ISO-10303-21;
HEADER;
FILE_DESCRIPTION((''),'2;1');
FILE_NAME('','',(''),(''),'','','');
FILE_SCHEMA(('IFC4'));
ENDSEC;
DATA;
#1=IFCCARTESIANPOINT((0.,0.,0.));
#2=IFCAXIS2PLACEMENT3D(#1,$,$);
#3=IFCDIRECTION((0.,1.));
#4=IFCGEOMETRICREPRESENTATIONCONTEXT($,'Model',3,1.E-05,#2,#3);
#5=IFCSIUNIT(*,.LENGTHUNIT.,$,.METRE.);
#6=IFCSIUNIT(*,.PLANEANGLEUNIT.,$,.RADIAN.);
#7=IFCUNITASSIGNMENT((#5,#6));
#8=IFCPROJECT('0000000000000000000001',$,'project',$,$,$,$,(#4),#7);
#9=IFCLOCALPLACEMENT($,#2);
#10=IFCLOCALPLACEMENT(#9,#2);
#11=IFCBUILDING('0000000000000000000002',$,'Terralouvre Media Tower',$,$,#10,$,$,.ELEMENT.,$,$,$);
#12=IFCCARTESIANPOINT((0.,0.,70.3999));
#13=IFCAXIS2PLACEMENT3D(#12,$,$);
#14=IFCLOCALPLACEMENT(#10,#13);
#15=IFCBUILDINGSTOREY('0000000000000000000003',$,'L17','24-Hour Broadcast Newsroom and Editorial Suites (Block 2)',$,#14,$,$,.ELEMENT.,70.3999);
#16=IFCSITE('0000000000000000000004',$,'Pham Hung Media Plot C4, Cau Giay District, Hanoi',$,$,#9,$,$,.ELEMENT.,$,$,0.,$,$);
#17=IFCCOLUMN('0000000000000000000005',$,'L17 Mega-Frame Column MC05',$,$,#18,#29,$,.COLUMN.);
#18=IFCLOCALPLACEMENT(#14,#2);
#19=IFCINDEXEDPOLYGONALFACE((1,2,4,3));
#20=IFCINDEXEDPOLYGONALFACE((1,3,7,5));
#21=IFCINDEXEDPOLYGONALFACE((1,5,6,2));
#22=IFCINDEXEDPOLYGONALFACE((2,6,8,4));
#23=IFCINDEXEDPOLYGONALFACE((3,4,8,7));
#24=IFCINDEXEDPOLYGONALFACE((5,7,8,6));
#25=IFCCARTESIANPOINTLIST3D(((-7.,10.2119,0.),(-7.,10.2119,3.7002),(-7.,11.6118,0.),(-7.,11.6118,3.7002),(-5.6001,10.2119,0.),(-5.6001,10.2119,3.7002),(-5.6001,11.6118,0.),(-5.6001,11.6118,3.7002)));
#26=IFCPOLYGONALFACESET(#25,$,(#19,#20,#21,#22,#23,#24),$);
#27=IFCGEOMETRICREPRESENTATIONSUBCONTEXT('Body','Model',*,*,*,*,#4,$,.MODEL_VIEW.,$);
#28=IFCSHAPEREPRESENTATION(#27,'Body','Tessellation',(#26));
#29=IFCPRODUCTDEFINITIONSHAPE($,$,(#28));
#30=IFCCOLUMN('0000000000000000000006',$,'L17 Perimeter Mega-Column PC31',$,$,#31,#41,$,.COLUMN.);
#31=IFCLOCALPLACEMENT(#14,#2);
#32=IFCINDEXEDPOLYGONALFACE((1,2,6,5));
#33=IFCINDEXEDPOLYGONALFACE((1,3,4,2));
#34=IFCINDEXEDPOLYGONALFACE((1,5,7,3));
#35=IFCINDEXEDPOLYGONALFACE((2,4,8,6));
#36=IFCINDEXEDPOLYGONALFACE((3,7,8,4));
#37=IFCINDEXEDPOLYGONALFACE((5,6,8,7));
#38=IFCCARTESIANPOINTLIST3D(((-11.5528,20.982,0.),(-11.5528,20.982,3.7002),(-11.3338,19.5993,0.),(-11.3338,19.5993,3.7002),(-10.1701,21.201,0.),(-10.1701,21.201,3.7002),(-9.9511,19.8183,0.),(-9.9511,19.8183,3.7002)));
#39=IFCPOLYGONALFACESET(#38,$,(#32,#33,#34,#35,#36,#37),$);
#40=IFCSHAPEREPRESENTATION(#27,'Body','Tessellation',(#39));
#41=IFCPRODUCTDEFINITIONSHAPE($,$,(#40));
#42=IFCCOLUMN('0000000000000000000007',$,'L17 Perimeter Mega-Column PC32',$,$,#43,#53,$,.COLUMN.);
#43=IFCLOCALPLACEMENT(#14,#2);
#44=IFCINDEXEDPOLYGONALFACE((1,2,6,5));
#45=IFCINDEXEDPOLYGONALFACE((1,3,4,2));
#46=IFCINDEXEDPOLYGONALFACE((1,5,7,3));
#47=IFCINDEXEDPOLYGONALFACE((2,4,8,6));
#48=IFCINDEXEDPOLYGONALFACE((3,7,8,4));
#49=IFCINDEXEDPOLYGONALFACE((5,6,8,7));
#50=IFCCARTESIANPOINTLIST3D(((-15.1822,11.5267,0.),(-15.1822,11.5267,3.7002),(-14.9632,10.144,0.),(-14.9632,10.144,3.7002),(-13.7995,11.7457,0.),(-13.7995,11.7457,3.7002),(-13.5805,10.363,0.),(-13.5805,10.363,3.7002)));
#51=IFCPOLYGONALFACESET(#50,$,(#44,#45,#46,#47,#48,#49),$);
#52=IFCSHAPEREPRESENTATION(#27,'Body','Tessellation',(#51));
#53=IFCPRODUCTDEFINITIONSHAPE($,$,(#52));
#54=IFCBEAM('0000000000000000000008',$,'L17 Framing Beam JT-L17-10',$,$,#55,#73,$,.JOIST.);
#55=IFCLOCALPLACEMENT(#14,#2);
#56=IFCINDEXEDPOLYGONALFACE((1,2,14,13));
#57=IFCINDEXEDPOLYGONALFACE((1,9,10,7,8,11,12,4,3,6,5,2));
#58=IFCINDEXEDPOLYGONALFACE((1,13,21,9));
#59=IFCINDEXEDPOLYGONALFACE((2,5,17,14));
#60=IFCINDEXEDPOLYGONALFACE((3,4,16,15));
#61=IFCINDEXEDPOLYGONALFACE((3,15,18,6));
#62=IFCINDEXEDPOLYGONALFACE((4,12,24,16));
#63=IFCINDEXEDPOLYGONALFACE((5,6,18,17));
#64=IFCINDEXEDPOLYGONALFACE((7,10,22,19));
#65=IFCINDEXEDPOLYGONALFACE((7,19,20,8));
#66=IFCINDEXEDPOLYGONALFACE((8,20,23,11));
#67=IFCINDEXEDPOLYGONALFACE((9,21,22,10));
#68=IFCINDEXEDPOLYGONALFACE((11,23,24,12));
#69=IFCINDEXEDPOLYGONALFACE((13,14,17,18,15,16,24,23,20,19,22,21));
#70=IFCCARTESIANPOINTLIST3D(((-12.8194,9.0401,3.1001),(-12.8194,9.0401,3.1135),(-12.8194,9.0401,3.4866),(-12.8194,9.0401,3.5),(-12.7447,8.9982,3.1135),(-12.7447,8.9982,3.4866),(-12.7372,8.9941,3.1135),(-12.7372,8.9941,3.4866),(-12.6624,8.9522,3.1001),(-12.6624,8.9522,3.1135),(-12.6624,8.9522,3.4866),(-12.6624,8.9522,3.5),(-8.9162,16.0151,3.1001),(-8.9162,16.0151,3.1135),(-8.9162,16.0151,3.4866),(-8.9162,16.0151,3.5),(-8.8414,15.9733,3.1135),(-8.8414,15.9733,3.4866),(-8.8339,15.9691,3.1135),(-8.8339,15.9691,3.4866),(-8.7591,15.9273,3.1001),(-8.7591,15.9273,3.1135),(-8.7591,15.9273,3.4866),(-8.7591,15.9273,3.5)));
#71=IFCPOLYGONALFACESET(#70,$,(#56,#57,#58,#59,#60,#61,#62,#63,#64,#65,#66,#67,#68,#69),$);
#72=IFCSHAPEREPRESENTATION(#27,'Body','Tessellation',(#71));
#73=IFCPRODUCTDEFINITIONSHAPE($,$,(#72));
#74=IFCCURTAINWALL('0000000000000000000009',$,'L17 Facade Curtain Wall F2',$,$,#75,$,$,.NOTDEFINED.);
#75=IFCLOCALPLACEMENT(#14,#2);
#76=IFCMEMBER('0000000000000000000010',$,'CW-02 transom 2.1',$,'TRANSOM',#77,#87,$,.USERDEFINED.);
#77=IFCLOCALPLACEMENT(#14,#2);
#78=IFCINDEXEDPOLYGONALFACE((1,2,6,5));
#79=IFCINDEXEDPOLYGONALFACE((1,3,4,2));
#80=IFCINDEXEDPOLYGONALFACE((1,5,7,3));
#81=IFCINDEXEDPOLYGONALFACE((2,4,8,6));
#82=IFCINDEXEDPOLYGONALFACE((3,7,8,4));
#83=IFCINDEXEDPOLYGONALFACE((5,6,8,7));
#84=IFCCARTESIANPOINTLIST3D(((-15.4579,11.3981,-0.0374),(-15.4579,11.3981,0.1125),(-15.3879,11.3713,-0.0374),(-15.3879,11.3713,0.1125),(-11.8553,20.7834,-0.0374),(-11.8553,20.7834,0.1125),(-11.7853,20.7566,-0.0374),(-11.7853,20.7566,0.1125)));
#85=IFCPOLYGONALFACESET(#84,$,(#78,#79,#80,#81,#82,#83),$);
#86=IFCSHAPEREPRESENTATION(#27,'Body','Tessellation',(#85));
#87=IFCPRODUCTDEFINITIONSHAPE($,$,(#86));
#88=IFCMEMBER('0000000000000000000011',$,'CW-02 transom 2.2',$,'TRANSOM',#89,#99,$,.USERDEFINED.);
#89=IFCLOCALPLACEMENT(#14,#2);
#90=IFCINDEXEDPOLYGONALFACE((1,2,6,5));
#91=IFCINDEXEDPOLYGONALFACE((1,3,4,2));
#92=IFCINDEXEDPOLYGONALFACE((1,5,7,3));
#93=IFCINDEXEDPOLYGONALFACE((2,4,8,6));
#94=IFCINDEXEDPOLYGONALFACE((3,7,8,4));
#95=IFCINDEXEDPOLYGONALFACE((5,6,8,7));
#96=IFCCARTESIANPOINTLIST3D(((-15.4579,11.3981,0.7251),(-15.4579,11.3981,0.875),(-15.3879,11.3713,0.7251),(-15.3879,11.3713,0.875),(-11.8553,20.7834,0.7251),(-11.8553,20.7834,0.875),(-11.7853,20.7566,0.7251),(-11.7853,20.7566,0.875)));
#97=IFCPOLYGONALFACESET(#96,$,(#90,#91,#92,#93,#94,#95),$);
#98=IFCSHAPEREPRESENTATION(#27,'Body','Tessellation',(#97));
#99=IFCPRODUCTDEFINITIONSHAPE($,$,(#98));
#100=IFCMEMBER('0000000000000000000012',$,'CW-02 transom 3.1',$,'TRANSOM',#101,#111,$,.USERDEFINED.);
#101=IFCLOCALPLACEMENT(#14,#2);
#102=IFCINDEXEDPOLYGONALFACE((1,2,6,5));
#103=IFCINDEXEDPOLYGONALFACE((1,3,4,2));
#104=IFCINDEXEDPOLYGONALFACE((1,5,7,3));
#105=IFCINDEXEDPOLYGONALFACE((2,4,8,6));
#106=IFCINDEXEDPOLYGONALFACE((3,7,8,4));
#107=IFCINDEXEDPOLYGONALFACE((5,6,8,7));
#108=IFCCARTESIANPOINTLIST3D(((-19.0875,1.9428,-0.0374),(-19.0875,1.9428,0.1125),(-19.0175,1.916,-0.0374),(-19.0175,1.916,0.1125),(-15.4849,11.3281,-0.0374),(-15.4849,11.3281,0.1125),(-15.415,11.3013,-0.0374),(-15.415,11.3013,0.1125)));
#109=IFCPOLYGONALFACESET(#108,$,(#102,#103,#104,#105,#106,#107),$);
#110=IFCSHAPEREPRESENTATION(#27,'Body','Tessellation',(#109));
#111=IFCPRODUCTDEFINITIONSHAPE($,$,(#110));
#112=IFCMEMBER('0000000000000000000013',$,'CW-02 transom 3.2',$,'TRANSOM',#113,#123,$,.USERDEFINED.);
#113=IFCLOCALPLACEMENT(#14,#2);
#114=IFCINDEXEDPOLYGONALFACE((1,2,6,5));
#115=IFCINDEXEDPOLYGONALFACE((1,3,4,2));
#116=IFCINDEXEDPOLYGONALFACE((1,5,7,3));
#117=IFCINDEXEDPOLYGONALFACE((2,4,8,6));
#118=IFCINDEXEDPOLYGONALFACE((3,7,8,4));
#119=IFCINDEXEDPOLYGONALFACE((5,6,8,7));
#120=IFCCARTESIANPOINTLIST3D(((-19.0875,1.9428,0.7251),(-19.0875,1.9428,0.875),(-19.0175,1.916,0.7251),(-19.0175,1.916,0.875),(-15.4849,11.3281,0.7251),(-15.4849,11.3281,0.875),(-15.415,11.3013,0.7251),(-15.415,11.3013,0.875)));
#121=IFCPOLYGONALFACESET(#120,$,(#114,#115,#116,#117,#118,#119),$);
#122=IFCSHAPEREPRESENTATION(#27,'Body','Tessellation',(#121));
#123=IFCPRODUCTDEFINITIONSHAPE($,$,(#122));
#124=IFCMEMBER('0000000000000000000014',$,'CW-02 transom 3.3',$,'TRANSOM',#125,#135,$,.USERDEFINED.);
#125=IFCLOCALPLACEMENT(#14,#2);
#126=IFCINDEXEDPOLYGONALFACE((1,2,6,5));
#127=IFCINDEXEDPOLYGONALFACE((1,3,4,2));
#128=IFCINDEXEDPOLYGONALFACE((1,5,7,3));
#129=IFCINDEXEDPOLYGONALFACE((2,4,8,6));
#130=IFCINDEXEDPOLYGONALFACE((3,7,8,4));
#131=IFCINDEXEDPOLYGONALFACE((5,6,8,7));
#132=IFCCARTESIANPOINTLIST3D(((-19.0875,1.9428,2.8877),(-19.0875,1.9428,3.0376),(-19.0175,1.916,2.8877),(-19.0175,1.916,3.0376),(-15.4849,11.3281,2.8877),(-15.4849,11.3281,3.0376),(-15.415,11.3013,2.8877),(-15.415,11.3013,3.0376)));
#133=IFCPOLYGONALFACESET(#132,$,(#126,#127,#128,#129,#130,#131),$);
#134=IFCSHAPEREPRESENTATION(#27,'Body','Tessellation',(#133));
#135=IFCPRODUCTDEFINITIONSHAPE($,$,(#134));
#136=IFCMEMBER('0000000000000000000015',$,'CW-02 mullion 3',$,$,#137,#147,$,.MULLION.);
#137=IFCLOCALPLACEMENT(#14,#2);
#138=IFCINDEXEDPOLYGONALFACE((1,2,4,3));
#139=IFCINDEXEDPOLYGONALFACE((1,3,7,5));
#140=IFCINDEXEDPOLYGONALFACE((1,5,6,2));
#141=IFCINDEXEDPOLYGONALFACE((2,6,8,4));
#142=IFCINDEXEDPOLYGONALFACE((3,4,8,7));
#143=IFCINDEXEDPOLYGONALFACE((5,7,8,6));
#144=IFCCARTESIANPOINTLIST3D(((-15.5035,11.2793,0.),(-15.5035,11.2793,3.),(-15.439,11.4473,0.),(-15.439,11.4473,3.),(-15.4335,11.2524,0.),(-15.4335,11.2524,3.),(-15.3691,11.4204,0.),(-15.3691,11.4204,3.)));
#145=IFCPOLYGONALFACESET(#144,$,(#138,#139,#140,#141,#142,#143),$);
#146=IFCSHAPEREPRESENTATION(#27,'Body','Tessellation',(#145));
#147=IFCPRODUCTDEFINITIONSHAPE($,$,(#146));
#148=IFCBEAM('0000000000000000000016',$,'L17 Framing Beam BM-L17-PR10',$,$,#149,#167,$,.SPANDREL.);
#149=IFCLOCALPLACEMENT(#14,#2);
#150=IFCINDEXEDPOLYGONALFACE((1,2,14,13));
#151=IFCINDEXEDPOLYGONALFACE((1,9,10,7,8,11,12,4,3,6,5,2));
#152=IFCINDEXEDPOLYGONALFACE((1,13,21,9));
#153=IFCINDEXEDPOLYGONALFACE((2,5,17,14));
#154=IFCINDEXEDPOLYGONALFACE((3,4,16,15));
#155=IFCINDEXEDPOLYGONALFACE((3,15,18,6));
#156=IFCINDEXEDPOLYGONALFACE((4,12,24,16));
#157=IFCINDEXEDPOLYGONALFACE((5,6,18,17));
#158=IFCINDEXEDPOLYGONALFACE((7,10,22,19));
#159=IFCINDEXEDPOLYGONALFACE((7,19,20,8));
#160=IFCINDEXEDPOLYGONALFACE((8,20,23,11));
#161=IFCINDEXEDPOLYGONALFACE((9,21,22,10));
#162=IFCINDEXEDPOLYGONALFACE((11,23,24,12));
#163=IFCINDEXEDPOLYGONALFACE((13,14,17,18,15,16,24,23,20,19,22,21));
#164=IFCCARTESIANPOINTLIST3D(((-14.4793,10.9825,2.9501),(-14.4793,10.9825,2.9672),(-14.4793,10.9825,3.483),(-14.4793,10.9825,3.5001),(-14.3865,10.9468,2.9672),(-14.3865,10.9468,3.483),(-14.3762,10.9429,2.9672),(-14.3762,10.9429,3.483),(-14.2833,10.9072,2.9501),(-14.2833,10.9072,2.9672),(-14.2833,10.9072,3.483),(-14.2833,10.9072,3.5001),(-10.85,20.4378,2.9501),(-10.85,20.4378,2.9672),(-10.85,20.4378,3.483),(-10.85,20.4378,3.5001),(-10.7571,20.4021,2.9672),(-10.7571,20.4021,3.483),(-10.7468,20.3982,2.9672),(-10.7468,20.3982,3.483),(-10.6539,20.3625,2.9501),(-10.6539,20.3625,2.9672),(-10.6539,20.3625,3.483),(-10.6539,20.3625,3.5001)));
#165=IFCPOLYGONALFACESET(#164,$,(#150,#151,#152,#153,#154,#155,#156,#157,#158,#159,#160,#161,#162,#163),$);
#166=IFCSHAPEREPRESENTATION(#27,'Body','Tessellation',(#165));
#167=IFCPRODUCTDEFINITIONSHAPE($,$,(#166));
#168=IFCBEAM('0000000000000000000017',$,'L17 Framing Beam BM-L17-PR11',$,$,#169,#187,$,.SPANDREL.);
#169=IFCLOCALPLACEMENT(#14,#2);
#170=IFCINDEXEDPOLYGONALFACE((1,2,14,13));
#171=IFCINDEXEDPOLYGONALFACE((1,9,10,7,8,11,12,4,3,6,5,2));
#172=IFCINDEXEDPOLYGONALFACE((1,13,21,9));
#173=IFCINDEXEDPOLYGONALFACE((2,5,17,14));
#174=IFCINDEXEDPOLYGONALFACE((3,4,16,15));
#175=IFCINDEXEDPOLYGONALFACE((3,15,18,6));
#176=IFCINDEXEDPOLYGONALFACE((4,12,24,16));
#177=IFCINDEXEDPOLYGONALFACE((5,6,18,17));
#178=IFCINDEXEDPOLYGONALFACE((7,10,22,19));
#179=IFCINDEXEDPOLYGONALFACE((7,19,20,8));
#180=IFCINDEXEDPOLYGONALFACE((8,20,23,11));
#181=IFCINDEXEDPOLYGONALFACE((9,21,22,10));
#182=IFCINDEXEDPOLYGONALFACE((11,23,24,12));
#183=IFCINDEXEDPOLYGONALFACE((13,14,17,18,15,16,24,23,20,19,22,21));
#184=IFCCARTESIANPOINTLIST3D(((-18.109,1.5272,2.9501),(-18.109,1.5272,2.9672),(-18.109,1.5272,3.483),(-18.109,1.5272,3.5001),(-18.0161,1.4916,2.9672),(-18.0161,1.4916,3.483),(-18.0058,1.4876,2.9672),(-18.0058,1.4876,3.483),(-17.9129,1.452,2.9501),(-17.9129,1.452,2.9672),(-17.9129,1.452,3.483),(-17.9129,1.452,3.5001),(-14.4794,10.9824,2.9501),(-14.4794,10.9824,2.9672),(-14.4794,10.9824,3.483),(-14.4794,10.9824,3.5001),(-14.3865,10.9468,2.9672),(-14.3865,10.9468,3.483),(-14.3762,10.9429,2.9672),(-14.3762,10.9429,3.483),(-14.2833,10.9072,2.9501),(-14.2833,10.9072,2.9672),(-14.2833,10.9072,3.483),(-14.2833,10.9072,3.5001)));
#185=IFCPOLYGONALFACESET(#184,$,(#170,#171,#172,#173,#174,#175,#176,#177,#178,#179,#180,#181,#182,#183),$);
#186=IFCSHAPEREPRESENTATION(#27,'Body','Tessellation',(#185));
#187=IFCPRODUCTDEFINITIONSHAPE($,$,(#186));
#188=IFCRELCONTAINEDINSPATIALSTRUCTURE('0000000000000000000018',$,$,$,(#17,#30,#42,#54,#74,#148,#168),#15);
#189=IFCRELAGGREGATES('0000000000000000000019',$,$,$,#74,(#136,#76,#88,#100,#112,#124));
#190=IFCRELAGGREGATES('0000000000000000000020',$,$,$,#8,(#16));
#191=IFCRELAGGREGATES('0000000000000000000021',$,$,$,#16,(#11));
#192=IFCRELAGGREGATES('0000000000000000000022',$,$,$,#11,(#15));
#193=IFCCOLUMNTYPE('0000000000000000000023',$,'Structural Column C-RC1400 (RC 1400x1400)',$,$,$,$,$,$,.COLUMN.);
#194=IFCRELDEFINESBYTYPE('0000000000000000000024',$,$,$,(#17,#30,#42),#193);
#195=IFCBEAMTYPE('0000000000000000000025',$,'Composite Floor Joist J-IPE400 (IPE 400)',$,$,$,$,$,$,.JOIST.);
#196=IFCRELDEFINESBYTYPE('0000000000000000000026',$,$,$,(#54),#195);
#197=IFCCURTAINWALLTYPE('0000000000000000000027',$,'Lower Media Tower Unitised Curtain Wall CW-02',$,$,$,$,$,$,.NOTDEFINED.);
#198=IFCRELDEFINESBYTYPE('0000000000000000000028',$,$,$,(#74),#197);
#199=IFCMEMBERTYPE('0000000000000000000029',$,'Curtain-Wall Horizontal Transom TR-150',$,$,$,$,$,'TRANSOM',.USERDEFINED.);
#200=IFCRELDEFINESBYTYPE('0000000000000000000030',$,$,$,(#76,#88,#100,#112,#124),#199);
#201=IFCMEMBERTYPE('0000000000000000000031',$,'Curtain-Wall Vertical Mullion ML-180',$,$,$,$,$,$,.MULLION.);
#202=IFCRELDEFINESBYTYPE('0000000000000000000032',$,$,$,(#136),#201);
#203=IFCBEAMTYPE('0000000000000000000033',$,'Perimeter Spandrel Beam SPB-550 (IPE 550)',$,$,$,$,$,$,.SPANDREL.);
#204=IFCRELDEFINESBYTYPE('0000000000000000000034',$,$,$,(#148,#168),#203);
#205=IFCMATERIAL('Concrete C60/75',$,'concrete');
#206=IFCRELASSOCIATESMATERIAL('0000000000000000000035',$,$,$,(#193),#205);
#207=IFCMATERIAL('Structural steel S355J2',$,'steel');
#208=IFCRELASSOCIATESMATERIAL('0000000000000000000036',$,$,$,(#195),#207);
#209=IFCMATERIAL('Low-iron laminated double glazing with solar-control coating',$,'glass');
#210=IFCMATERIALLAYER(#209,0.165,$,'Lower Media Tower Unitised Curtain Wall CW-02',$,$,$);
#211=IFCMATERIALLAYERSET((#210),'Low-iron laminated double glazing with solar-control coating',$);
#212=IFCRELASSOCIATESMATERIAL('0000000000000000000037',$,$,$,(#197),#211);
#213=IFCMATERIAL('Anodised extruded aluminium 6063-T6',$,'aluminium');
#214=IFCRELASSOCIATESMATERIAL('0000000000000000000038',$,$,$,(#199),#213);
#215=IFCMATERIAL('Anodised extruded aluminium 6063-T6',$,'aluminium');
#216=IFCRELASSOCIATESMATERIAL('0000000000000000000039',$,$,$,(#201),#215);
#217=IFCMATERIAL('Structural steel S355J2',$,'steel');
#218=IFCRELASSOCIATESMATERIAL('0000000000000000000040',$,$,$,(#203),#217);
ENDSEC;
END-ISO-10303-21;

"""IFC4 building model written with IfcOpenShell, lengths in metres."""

from ifc_helpers import new_model, si_unit, direction, frame, origin, origin_2d, place, context, subcontext, project, spatial, rectangle, i_section, extrude, material, layer, layer_set, material_profile, profile_set, type_object, element, aggregate, save


model = new_model("IFC4")

# Units and contexts
model_context = context("Model", 3, precision=1e-05, world=origin(), true_north=direction((0.0, 1.0)))
body_context = subcontext(model_context, "Body", "Model", "MODEL_VIEW")
ifc_project = project(units=[si_unit("LENGTHUNIT", "METRE"), si_unit("PLANEANGLEUNIT", "RADIAN")], contexts=[model_context])

# Site, building, storey
site_placement = place(None, origin())
site = spatial("IfcSite", under=ifc_project, at=site_placement, Name="Pham Hung Media Plot C4, Cau Giay District, Hanoi", CompositionType="ELEMENT", RefElevation=0.0)
building_placement = place(site_placement, origin())
building = spatial("IfcBuilding", under=site, at=building_placement, Name="Terralouvre Media Tower", CompositionType="ELEMENT")
storey_placement = place(building_placement, frame((0.0, 0.0, 70.3999)))
storey = spatial("IfcBuildingStorey", under=building, at=storey_placement, Name="L17", Description="24-Hour Broadcast Newsroom and Editorial Suites (Block 2)", CompositionType="ELEMENT", Elevation=70.3999)

# Columns
ifc_material_1 = material(Name="Concrete C60/75", Category="concrete")
ifc_material_profile_1 = material_profile(ifc_material_1, rectangle(XDim=1.3999, YDim=1.3999, at=origin_2d()), Name="RC 1400x1400")
ifc_profile_set_1 = profile_set([ifc_material_profile_1], Name="Concrete C60/75")
column_type = type_object("IfcColumnType", Name="Structural Column C-RC1400 (RC 1400x1400)", PredefinedType="COLUMN", material=ifc_profile_set_1)
for number, where, z_axis, x_axis, name in (
    (1, (-6.3, 10.9119, 0.0), (0.0, 0.0, 1.0), (1.0, 0.0, 0.0), "L17 Mega-Frame Column MC05"),
    (2, (-10.752, 20.4001, 0.0), (0.0, 0.0, 1.0), (0.987688, 0.156434, 0.0), "L17 Perimeter Mega-Column PC31"),
    (3, (-14.3813, 10.9448, 0.0), (0.0, 0.0, 1.0), (0.987688, 0.156434, 0.0), "L17 Perimeter Mega-Column PC32"),
):
    element("IfcColumn", number, at=place(storey_placement, frame(where, z_axis=z_axis, x_axis=x_axis)), inside=storey, type_object=column_type, Name=name, PredefinedType="COLUMN", context=body_context, shape_type="SweptSolid", body=[
        extrude(rectangle(XDim=1.3999, YDim=1.3999, at=origin_2d()), origin(), (0.0, 0.0, 1.0), 3.7002),
    ])

# Beam
ifc_material_2 = material(Name="Structural steel S355J2", Category="steel")
ifc_material_profile_2 = material_profile(ifc_material_2, i_section(OverallWidth=0.1799, OverallDepth=0.3999, WebThickness=0.0085, FlangeThickness=0.0134, at=origin_2d()), Name="IPE 400")
ifc_profile_set_2 = profile_set([ifc_material_profile_2], Name="Structural steel S355J2")
beam_type_1 = type_object("IfcBeamType", Name="Composite Floor Joist J-IPE400 (IPE 400)", PredefinedType="JOIST", material=ifc_profile_set_2)
beam_1_placement = place(storey_placement, frame((-8.8376, 15.9712, 3.3), z_axis=(-0.488343, -0.872652, 0.0), x_axis=(0.872652, -0.488343, 0.0)))
element("IfcBeam", 4, at=beam_1_placement, inside=storey, type_object=beam_type_1, Name="L17 Framing Beam JT-L17-10", PredefinedType="JOIST", context=body_context, shape_type="SweptSolid", body=[
    extrude(i_section(OverallWidth=0.1799, OverallDepth=0.3999, WebThickness=0.0085, FlangeThickness=0.0134, at=origin_2d()), origin(), (0.0, 0.0, 1.0), 7.9929),
])

# Curtain wall, members
ifc_material_3 = material(Name="Low-iron laminated double glazing with solar-control coating", Category="glass")
ifc_layer_1 = layer(ifc_material_3, 0.165, Name="Lower Media Tower Unitised Curtain Wall CW-02")
ifc_layer_set_1 = layer_set([ifc_layer_1], Name="Low-iron laminated double glazing with solar-control coating")
curtain_wall_type = type_object("IfcCurtainWallType", Name="Lower Media Tower Unitised Curtain Wall CW-02", PredefinedType="NOTDEFINED", material=ifc_layer_set_1)
curtain_wall_placement = place(storey_placement, origin())
curtain_wall = element("IfcCurtainWall", 5, at=curtain_wall_placement, inside=storey, type_object=curtain_wall_type, Name="L17 Facade Curtain Wall F2", PredefinedType="NOTDEFINED")
ifc_material_4 = material(Name="Anodised extruded aluminium 6063-T6", Category="aluminium")
ifc_material_profile_3 = material_profile(ifc_material_4, rectangle(XDim=0.075, YDim=0.1499, at=origin_2d()), Name="ALU 75x150")
ifc_profile_set_3 = profile_set([ifc_material_profile_3], Name="Anodised extruded aluminium 6063-T6")
member_type_1 = type_object("IfcMemberType", Name="Curtain-Wall Horizontal Transom TR-150", ElementType="TRANSOM", PredefinedType="USERDEFINED", material=ifc_profile_set_3)
member_1_placement = place(storey_placement, frame((-11.8203, 20.77, 0.0376), z_axis=(-0.358357, -0.933584, 0.0), x_axis=(0.933584, -0.358357, 0.0)))
member_1 = element("IfcMember", 6, at=member_1_placement, type_object=member_type_1, Name="CW-02 transom 2.1", ObjectType="TRANSOM", PredefinedType="USERDEFINED", context=body_context, shape_type="SweptSolid", body=[
    extrude(rectangle(XDim=0.075, YDim=0.1499, at=origin_2d()), origin(), (0.0, 0.0, 1.0), 10.053),
])
member_2_placement = place(storey_placement, frame((-11.8203, 20.77, 0.8), z_axis=(-0.358357, -0.933584, 0.0), x_axis=(0.933584, -0.358357, 0.0)))
member_2 = element("IfcMember", 7, at=member_2_placement, type_object=member_type_1, Name="CW-02 transom 2.2", ObjectType="TRANSOM", PredefinedType="USERDEFINED", context=body_context, shape_type="SweptSolid", body=[
    extrude(rectangle(XDim=0.075, YDim=0.1499, at=origin_2d()), origin(), (0.0, 0.0, 1.0), 10.053),
])
member_3_placement = place(storey_placement, frame((-15.45, 11.3147, 0.0376), z_axis=(-0.358357, -0.933584, 0.0), x_axis=(0.933584, -0.358357, 0.0)))
member_3 = element("IfcMember", 8, at=member_3_placement, type_object=member_type_1, Name="CW-02 transom 3.1", ObjectType="TRANSOM", PredefinedType="USERDEFINED", context=body_context, shape_type="SweptSolid", body=[
    extrude(rectangle(XDim=0.075, YDim=0.1499, at=origin_2d()), origin(), (0.0, 0.0, 1.0), 10.053),
])
member_4_placement = place(storey_placement, frame((-15.45, 11.3147, 0.8), z_axis=(-0.358357, -0.933584, 0.0), x_axis=(0.933584, -0.358357, 0.0)))
member_4 = element("IfcMember", 9, at=member_4_placement, type_object=member_type_1, Name="CW-02 transom 3.2", ObjectType="TRANSOM", PredefinedType="USERDEFINED", context=body_context, shape_type="SweptSolid", body=[
    extrude(rectangle(XDim=0.075, YDim=0.1499, at=origin_2d()), origin(), (0.0, 0.0, 1.0), 10.053),
])
member_5_placement = place(storey_placement, frame((-15.45, 11.3147, 2.9626), z_axis=(-0.358357, -0.933584, 0.0), x_axis=(0.933584, -0.358357, 0.0)))
member_5 = element("IfcMember", 10, at=member_5_placement, type_object=member_type_1, Name="CW-02 transom 3.3", ObjectType="TRANSOM", PredefinedType="USERDEFINED", context=body_context, shape_type="SweptSolid", body=[
    extrude(rectangle(XDim=0.075, YDim=0.1499, at=origin_2d()), origin(), (0.0, 0.0, 1.0), 10.053),
])
ifc_material_5 = material(Name="Anodised extruded aluminium 6063-T6", Category="aluminium")
ifc_material_profile_4 = material_profile(ifc_material_5, rectangle(XDim=0.075, YDim=0.1799, at=origin_2d()), Name="ALU 75x180")
ifc_profile_set_4 = profile_set([ifc_material_profile_4], Name="Anodised extruded aluminium 6063-T6")
member_type_2 = type_object("IfcMemberType", Name="Curtain-Wall Vertical Mullion ML-180", PredefinedType="MULLION", material=ifc_profile_set_4)
member_6_placement = place(storey_placement, frame((-15.4363, 11.3499, 0.0), z_axis=(0.0, 0.0, 1.0), x_axis=(0.93358, -0.358368, 0.0)))
member_6 = element("IfcMember", 11, at=member_6_placement, type_object=member_type_2, Name="CW-02 mullion 3", PredefinedType="MULLION", context=body_context, shape_type="SweptSolid", body=[
    extrude(rectangle(XDim=0.075, YDim=0.1799, at=origin_2d()), origin(), (0.0, 0.0, 1.0), 3.0),
])

# Beams
ifc_material_6 = material(Name="Structural steel S355J2", Category="steel")
ifc_material_profile_5 = material_profile(ifc_material_6, i_section(OverallWidth=0.21, OverallDepth=0.55, WebThickness=0.011, FlangeThickness=0.0171, at=origin_2d()), Name="IPE 550")
ifc_profile_set_5 = profile_set([ifc_material_profile_5], Name="Structural steel S355J2")
beam_type_2 = type_object("IfcBeamType", Name="Perimeter Spandrel Beam SPB-550 (IPE 550)", PredefinedType="SPANDREL", material=ifc_profile_set_5)
for number, where, z_axis, x_axis, name in (
    (12, (-10.752, 20.4001, 3.2251), (-0.358354, -0.933586, 0.0), (0.933586, -0.358354, 0.0), "L17 Framing Beam BM-L17-PR10"),
    (13, (-14.3813, 10.9448, 3.2251), (-0.358375, -0.933578, 0.0), (0.933578, -0.358375, 0.0), "L17 Framing Beam BM-L17-PR11"),
):
    element("IfcBeam", number, at=place(storey_placement, frame(where, z_axis=z_axis, x_axis=x_axis)), inside=storey, type_object=beam_type_2, Name=name, PredefinedType="SPANDREL", context=body_context, shape_type="SweptSolid", body=[
        extrude(i_section(OverallWidth=0.21, OverallDepth=0.55, WebThickness=0.011, FlangeThickness=0.0171, at=origin_2d()), origin(), (0.0, 0.0, 1.0), 10.1279),
    ])

aggregate(curtain_wall, [member_6, member_1, member_2, member_3, member_4, member_5])

save(model, "model.ifc")
